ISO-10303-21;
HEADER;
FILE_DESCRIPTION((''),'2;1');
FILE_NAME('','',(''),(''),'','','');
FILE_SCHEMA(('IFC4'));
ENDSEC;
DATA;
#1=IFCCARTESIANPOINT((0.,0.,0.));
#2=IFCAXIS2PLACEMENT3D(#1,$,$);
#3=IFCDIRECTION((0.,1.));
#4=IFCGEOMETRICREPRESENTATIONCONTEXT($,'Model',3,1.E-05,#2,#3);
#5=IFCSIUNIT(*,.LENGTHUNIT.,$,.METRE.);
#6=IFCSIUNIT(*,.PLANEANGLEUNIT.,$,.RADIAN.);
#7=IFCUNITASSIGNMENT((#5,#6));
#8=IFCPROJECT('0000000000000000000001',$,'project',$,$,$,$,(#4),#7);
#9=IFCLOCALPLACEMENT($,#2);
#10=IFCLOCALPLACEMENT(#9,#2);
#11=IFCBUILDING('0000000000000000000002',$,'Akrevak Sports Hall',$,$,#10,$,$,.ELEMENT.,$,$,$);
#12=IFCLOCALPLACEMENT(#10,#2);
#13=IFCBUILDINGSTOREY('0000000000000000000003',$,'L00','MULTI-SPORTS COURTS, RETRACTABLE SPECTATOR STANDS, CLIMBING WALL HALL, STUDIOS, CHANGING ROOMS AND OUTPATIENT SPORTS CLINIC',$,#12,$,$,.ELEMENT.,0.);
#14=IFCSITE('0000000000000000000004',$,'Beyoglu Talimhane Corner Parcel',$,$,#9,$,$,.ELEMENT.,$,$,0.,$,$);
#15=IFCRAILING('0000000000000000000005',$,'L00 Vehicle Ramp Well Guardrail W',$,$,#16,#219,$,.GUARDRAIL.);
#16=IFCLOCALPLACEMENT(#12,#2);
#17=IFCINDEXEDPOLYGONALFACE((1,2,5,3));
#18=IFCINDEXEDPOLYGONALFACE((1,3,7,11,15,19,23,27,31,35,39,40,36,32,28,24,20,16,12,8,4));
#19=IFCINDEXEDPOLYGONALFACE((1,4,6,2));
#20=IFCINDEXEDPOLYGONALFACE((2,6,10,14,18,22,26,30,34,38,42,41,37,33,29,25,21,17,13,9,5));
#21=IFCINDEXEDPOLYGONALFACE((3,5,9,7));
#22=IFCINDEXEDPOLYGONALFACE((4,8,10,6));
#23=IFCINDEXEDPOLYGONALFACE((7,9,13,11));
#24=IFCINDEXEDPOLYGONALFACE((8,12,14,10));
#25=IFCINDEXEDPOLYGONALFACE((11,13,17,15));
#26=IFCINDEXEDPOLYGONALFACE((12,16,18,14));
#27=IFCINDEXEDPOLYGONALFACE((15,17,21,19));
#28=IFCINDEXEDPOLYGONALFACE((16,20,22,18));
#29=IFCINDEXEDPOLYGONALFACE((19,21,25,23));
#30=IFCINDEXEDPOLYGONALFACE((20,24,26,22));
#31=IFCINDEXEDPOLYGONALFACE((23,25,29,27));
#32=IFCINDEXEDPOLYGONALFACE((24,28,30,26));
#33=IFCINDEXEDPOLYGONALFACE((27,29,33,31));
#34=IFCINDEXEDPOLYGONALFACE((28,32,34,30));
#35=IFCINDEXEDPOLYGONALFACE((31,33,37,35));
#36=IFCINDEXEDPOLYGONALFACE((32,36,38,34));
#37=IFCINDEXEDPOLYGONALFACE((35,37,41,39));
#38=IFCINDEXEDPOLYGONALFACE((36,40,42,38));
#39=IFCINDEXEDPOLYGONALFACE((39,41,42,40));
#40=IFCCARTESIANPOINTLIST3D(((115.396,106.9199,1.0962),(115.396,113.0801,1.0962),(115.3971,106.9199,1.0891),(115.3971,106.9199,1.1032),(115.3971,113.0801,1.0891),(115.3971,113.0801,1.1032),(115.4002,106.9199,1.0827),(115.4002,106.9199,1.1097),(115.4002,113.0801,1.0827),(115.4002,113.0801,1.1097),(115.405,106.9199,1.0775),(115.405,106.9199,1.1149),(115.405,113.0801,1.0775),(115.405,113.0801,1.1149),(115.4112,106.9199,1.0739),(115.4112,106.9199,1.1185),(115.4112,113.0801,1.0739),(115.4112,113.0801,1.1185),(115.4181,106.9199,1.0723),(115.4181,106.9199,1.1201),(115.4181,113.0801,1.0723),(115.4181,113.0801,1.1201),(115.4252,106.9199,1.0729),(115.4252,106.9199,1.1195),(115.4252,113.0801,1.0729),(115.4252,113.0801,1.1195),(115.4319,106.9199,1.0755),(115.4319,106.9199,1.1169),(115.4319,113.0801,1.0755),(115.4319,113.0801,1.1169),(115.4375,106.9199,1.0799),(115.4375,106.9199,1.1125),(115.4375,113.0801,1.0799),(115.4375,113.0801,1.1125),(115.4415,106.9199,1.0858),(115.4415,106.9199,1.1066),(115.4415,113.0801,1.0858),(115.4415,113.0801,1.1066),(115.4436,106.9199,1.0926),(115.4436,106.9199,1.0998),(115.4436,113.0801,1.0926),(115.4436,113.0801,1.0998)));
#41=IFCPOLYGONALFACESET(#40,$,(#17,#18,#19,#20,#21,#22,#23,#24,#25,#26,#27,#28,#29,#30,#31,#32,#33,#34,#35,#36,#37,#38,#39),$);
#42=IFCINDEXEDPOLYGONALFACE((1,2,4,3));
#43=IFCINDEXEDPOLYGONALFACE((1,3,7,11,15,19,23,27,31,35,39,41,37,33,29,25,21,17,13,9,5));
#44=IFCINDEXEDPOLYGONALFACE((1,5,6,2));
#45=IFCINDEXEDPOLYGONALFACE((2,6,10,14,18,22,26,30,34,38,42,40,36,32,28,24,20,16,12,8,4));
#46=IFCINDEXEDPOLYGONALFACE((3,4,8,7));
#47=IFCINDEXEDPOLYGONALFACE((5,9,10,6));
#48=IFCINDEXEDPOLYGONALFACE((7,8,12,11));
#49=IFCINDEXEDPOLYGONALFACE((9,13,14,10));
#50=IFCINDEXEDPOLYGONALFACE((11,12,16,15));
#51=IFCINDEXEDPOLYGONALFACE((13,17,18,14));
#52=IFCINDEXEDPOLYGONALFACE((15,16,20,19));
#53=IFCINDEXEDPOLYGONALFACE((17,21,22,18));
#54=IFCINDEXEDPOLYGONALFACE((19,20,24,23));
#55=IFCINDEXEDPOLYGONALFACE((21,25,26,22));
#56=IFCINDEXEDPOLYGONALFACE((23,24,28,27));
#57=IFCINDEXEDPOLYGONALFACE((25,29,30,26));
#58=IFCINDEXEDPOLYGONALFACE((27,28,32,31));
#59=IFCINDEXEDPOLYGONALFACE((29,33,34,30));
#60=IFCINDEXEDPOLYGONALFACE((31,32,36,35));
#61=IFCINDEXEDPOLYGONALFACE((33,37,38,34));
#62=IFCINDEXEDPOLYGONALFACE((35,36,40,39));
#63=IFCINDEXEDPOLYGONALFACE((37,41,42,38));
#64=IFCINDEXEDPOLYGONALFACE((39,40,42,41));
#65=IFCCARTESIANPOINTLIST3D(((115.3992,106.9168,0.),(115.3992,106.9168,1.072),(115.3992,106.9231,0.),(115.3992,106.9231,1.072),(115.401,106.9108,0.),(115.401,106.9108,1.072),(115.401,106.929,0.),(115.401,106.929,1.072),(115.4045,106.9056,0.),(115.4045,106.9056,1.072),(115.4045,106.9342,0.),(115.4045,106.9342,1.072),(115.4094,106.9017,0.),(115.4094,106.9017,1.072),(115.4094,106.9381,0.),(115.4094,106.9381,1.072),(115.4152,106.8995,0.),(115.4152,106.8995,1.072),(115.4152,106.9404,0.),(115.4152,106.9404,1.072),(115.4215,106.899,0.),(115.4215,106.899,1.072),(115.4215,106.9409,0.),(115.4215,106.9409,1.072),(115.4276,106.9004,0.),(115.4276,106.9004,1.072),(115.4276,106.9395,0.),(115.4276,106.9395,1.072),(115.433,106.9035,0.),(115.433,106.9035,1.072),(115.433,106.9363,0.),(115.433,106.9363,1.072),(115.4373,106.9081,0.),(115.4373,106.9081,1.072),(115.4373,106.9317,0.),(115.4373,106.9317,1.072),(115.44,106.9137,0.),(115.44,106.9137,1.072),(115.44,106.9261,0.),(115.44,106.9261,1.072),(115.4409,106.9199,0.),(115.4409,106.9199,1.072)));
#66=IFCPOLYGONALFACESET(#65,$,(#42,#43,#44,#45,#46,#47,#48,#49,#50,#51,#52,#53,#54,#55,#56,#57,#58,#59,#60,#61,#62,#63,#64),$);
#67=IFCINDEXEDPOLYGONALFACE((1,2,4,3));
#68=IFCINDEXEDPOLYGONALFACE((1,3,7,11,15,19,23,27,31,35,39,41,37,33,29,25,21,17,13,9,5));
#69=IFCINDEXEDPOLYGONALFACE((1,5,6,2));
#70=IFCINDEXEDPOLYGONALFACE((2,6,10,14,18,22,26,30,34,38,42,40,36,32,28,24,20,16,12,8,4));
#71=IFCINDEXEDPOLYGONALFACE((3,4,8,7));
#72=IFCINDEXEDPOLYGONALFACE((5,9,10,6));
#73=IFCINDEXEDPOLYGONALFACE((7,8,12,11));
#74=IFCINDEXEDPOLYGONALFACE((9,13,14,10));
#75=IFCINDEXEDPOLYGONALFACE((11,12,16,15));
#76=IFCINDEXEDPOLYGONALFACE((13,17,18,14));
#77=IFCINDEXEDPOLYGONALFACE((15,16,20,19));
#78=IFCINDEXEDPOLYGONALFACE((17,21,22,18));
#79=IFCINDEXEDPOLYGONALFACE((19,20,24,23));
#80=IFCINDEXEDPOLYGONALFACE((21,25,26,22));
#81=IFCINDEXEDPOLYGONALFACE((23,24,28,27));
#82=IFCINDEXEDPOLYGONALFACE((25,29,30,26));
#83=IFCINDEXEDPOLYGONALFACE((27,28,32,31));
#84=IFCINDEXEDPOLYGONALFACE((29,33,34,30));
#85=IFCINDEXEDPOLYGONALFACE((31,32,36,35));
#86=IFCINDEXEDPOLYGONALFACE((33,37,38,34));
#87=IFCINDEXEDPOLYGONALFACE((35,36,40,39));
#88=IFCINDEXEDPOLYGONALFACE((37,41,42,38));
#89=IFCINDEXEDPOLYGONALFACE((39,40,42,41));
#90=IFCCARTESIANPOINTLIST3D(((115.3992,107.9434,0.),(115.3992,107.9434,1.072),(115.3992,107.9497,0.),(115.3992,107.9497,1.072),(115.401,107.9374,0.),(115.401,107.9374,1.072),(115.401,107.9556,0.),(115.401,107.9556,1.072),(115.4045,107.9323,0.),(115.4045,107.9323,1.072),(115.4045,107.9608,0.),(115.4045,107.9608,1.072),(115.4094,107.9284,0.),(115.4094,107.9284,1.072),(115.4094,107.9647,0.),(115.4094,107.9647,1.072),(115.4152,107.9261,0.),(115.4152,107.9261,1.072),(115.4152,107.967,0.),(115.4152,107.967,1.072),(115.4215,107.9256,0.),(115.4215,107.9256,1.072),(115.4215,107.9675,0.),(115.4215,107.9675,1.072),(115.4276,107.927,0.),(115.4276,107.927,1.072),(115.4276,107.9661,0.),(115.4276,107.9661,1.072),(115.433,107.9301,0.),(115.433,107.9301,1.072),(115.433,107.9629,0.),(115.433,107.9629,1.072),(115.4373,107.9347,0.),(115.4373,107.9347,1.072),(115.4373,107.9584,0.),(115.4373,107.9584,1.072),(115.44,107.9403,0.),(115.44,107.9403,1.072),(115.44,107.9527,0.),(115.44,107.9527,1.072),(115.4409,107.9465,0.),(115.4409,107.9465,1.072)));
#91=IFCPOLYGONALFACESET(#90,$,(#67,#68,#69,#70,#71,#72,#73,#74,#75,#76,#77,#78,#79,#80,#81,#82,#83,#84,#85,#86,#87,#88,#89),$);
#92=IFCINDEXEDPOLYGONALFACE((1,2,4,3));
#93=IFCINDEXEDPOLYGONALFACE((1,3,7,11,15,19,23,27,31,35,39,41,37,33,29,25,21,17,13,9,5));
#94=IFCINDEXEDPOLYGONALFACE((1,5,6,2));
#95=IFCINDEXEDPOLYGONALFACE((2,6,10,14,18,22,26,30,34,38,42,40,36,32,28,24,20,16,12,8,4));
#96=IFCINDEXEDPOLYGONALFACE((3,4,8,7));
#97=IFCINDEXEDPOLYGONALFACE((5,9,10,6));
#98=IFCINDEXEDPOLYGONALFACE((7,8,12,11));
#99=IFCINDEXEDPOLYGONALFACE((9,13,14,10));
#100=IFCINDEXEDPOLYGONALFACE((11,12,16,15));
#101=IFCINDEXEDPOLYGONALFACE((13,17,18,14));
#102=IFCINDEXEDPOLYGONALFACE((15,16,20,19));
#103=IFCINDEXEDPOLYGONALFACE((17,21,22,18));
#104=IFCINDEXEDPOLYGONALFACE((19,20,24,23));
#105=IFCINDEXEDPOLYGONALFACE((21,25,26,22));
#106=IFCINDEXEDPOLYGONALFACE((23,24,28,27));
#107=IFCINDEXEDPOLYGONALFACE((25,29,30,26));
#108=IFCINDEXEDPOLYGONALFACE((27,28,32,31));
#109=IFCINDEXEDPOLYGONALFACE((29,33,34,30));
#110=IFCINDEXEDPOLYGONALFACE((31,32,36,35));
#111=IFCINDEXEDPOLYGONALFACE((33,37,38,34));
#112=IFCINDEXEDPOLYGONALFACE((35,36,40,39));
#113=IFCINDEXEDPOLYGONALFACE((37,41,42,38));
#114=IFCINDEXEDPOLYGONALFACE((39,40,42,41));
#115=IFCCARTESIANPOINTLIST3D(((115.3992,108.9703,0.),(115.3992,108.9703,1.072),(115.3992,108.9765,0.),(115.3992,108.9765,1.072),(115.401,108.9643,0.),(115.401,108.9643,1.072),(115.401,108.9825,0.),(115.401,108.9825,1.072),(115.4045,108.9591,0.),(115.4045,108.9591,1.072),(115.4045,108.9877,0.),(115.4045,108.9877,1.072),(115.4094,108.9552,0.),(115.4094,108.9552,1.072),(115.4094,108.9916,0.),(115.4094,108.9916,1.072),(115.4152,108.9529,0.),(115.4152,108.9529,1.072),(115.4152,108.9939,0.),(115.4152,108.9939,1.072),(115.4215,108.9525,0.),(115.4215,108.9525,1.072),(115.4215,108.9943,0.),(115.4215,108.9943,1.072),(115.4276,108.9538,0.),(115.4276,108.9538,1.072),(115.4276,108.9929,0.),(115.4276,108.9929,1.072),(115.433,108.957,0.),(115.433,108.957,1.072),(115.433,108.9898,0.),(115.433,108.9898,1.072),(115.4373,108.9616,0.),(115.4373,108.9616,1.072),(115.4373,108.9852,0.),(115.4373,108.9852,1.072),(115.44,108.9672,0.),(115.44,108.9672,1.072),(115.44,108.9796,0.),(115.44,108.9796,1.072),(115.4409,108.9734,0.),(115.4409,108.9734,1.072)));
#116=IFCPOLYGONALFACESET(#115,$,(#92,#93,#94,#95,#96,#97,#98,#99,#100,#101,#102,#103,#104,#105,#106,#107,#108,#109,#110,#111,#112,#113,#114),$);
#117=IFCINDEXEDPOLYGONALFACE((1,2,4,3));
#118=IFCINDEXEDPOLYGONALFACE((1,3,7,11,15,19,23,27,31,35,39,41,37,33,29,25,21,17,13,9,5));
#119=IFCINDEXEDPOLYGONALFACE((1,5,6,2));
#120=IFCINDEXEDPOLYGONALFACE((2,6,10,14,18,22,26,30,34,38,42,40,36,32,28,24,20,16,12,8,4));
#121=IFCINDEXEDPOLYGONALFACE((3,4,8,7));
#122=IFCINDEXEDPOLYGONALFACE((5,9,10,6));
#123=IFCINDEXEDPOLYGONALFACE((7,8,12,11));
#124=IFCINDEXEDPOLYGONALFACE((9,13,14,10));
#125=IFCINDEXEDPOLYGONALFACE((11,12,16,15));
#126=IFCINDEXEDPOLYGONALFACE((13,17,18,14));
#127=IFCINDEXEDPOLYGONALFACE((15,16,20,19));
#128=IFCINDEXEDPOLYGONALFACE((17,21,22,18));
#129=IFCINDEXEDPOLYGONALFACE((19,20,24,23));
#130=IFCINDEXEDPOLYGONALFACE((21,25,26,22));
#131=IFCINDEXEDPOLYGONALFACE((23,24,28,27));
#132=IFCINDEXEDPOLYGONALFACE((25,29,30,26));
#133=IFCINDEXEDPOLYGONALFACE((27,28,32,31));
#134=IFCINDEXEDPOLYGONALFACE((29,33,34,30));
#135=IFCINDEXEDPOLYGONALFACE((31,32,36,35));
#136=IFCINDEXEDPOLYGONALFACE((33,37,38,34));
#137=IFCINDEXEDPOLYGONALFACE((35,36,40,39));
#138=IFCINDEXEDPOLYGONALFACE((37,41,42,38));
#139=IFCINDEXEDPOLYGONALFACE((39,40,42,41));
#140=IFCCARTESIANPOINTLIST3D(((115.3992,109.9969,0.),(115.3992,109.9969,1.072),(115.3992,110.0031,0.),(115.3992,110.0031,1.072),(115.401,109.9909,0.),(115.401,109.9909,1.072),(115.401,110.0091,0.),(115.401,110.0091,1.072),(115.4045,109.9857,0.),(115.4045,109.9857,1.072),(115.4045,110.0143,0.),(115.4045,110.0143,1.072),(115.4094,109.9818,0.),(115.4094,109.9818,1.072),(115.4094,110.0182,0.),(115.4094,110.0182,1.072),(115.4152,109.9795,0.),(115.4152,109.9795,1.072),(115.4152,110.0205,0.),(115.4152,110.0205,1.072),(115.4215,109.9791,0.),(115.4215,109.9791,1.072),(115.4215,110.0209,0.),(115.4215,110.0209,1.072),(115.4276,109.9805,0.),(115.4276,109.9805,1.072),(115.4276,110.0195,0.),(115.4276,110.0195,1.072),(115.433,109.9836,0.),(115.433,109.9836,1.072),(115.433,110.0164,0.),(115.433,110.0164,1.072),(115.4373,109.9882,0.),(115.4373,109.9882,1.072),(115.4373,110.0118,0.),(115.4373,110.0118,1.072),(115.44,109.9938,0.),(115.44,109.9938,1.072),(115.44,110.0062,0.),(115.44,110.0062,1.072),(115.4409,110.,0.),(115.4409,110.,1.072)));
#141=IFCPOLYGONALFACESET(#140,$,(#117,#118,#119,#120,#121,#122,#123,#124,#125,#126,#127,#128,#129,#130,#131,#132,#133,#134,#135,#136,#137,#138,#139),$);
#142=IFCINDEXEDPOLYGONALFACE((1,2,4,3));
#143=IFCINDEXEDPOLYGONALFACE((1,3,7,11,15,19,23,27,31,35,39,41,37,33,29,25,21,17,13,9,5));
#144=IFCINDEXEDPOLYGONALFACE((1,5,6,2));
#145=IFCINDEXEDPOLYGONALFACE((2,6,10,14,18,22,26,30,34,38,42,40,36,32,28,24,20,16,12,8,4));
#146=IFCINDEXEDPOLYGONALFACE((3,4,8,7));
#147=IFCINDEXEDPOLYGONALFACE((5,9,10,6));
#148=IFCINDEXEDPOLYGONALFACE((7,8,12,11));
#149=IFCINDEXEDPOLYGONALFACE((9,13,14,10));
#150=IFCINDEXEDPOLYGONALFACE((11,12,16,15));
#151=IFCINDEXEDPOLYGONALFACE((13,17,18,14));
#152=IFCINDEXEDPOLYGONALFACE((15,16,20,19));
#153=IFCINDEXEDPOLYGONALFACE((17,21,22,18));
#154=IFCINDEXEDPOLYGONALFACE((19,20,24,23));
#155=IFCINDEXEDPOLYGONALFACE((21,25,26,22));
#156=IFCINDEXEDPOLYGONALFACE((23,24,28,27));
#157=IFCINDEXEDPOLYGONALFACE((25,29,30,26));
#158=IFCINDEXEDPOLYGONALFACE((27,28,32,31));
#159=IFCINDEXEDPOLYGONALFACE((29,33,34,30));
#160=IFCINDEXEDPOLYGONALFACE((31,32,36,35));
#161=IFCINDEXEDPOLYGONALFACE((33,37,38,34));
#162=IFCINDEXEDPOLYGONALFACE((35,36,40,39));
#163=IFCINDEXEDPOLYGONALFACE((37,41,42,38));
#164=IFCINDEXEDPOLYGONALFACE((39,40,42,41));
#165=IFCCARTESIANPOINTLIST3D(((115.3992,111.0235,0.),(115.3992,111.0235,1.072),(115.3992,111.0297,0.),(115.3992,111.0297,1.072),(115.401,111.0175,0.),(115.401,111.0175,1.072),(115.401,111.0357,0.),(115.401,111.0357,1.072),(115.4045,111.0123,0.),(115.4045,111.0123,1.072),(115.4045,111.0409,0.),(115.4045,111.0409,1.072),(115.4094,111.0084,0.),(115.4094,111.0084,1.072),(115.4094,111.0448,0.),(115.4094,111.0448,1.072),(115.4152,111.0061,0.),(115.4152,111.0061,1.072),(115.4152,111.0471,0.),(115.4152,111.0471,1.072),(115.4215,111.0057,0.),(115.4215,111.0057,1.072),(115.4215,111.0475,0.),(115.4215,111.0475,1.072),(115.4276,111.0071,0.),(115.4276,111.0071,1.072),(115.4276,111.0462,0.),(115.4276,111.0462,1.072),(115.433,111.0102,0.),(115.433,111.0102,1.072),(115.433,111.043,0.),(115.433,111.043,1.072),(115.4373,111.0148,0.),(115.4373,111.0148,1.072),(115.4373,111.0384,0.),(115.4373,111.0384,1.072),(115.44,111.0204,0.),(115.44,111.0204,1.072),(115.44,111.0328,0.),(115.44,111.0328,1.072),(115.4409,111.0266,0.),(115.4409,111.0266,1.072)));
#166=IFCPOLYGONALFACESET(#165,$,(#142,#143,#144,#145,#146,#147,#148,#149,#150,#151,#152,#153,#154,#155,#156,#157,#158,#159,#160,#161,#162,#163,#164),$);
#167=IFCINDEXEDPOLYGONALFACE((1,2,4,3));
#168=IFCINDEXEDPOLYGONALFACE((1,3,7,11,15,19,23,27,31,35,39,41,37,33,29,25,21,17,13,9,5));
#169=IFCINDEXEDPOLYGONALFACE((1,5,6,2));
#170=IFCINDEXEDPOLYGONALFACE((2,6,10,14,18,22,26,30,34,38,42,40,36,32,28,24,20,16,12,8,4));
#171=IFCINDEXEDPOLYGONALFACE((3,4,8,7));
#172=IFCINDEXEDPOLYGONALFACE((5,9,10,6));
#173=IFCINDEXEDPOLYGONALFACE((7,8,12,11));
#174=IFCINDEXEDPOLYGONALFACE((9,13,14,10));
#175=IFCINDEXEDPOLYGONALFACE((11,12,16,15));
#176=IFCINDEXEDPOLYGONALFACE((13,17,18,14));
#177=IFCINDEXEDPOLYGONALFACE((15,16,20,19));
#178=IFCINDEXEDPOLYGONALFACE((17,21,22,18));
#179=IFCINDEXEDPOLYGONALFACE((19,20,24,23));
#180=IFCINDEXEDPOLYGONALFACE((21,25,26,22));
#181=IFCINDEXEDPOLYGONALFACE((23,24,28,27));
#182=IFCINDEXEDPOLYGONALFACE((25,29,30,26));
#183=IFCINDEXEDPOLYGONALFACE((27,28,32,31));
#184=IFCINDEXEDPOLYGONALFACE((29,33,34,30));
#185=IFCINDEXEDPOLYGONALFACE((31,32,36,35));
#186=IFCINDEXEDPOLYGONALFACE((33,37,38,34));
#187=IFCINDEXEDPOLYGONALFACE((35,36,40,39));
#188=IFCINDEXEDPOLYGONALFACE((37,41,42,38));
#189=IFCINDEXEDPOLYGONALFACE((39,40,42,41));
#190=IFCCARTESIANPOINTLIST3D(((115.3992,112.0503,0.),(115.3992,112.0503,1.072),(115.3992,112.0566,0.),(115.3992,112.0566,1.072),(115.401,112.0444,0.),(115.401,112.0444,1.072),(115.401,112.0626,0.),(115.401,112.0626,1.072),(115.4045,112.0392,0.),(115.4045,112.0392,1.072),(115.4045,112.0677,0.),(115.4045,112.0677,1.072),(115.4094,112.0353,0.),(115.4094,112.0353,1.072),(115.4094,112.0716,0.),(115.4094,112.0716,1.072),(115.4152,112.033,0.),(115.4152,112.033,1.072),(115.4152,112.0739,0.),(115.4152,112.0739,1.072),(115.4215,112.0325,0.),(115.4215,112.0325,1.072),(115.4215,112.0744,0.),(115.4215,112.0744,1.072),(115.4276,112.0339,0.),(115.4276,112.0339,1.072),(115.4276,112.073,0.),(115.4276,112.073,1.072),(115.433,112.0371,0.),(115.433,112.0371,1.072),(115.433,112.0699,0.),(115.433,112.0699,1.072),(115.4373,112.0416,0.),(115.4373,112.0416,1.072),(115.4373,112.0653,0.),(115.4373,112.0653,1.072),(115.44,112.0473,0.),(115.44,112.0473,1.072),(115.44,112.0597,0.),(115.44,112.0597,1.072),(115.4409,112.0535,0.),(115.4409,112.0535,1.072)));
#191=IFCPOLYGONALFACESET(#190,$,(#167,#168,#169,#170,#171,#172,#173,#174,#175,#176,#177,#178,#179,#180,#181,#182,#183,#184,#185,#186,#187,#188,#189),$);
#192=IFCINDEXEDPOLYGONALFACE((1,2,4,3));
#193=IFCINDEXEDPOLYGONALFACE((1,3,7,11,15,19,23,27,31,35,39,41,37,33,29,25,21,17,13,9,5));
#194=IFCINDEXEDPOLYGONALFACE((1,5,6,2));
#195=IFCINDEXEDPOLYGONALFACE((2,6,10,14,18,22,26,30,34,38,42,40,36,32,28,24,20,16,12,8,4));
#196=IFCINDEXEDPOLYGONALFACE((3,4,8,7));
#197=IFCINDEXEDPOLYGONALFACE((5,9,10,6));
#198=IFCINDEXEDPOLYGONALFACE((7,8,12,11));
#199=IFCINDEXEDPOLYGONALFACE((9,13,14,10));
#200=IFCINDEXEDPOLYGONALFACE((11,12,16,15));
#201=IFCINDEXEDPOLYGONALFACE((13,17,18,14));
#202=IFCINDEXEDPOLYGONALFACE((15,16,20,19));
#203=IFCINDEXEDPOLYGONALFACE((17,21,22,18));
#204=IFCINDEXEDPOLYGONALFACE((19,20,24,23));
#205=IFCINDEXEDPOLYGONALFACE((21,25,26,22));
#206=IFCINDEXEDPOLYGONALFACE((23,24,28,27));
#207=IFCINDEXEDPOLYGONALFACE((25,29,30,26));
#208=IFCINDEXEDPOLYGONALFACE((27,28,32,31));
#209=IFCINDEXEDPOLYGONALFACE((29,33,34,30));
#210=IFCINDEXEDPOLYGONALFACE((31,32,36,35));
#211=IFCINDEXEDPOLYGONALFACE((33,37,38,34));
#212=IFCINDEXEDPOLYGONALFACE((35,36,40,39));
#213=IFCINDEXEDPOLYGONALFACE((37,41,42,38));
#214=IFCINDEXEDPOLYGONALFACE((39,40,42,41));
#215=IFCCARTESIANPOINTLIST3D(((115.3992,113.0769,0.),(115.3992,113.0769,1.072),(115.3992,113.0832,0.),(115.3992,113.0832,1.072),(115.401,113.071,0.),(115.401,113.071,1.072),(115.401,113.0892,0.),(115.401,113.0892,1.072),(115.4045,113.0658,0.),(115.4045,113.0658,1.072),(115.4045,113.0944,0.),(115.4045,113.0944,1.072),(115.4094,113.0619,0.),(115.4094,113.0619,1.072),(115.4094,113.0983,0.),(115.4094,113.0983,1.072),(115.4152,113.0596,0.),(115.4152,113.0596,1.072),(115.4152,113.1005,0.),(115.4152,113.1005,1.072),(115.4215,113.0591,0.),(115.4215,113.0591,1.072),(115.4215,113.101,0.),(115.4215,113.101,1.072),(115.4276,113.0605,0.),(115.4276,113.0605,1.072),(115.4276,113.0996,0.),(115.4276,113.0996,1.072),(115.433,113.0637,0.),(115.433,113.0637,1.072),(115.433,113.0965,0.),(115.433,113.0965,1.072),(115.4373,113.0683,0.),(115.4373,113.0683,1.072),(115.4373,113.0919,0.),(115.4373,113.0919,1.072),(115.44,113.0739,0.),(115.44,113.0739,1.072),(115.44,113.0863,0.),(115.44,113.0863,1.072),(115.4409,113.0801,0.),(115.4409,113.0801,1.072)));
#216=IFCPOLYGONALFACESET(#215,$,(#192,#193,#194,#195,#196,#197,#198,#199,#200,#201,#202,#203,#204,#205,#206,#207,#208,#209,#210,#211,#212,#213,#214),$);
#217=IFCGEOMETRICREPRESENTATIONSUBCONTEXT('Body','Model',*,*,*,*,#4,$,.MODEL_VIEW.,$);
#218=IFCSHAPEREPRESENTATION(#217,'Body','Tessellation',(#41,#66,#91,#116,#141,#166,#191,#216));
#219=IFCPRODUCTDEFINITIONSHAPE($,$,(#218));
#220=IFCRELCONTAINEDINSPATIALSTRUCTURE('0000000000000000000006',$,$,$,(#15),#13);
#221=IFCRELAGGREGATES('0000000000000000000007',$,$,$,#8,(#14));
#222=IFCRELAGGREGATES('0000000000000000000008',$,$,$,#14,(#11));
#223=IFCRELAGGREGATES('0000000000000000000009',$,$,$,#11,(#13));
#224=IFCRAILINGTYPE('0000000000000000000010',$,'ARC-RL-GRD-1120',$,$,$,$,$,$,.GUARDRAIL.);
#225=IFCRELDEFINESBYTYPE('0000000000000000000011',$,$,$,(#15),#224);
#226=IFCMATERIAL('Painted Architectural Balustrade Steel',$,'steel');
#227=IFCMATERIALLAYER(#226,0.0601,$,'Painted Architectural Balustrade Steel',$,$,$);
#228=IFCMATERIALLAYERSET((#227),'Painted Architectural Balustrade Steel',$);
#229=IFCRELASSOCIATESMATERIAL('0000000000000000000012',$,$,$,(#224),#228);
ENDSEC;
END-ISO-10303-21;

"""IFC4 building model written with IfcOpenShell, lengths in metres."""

from ifc_helpers import new_model, si_unit, direction, frame, origin, origin_2d, place, context, subcontext, project, spatial, circle, extrude, material, layer, layer_set, type_object, element, save


model = new_model("IFC4")

# Units and contexts
model_context = context("Model", 3, precision=1e-05, world=origin(), true_north=direction((0.0, 1.0)))
body_context = subcontext(model_context, "Body", "Model", "MODEL_VIEW")
ifc_project = project(units=[si_unit("LENGTHUNIT", "METRE"), si_unit("PLANEANGLEUNIT", "RADIAN")], contexts=[model_context])

# Site, building, storey
site_placement = place(None, origin())
site = spatial("IfcSite", under=ifc_project, at=site_placement, Name="Beyoglu Talimhane Corner Parcel", CompositionType="ELEMENT", RefElevation=0.0)
building_placement = place(site_placement, origin())
building = spatial("IfcBuilding", under=site, at=building_placement, Name="Akrevak Sports Hall", CompositionType="ELEMENT")
storey_placement = place(building_placement, origin())
storey = spatial("IfcBuildingStorey", under=building, at=storey_placement, Name="L00", Description="MULTI-SPORTS COURTS, RETRACTABLE SPECTATOR STANDS, CLIMBING WALL HALL, STUDIOS, CHANGING ROOMS AND OUTPATIENT SPORTS CLINIC", CompositionType="ELEMENT", Elevation=0.0)

# Railing
ifc_material_1 = material(Name="Painted Architectural Balustrade Steel", Category="steel")
ifc_layer_1 = layer(ifc_material_1, 0.0601, Name="Painted Architectural Balustrade Steel")
ifc_layer_set_1 = layer_set([ifc_layer_1], Name="Painted Architectural Balustrade Steel")
railing_type = type_object("IfcRailingType", Name="ARC-RL-GRD-1120", PredefinedType="GUARDRAIL", material=ifc_layer_set_1)
railing_1_placement = place(storey_placement, frame((115.4199, 106.9199, 0.0)))
element("IfcRailing", 1, at=railing_1_placement, inside=storey, type_object=railing_type, Name="L00 Vehicle Ramp Well Guardrail W", PredefinedType="GUARDRAIL", context=body_context, shape_type="SweptSolid", body=[
    extrude(circle(Radius=0.0239, at=origin_2d()), frame((0.0, 0.0, 1.0962), z_axis=(0.0, 1.0, 0.0), x_axis=(-1.0, 0.0, 0.0)), (0.0, 0.0, 1.0), 6.1602),
    extrude(circle(Radius=0.021, at=origin_2d()), origin(), (0.0, 0.0, 1.0), 1.072),
    extrude(circle(Radius=0.021, at=origin_2d()), frame((0.0, 1.0266, 0.0)), (0.0, 0.0, 1.0), 1.072),
    extrude(circle(Radius=0.021, at=origin_2d()), frame((0.0, 2.0535, 0.0)), (0.0, 0.0, 1.0), 1.072),
    extrude(circle(Radius=0.021, at=origin_2d()), frame((0.0, 3.0801, 0.0)), (0.0, 0.0, 1.0), 1.072),
    extrude(circle(Radius=0.021, at=origin_2d()), frame((0.0, 4.1067, 0.0)), (0.0, 0.0, 1.0), 1.072),
    extrude(circle(Radius=0.021, at=origin_2d()), frame((0.0, 5.1335, 0.0)), (0.0, 0.0, 1.0), 1.072),
    extrude(circle(Radius=0.021, at=origin_2d()), frame((0.0, 6.1602, 0.0)), (0.0, 0.0, 1.0), 1.072),
])

save(model, "model.ifc")
